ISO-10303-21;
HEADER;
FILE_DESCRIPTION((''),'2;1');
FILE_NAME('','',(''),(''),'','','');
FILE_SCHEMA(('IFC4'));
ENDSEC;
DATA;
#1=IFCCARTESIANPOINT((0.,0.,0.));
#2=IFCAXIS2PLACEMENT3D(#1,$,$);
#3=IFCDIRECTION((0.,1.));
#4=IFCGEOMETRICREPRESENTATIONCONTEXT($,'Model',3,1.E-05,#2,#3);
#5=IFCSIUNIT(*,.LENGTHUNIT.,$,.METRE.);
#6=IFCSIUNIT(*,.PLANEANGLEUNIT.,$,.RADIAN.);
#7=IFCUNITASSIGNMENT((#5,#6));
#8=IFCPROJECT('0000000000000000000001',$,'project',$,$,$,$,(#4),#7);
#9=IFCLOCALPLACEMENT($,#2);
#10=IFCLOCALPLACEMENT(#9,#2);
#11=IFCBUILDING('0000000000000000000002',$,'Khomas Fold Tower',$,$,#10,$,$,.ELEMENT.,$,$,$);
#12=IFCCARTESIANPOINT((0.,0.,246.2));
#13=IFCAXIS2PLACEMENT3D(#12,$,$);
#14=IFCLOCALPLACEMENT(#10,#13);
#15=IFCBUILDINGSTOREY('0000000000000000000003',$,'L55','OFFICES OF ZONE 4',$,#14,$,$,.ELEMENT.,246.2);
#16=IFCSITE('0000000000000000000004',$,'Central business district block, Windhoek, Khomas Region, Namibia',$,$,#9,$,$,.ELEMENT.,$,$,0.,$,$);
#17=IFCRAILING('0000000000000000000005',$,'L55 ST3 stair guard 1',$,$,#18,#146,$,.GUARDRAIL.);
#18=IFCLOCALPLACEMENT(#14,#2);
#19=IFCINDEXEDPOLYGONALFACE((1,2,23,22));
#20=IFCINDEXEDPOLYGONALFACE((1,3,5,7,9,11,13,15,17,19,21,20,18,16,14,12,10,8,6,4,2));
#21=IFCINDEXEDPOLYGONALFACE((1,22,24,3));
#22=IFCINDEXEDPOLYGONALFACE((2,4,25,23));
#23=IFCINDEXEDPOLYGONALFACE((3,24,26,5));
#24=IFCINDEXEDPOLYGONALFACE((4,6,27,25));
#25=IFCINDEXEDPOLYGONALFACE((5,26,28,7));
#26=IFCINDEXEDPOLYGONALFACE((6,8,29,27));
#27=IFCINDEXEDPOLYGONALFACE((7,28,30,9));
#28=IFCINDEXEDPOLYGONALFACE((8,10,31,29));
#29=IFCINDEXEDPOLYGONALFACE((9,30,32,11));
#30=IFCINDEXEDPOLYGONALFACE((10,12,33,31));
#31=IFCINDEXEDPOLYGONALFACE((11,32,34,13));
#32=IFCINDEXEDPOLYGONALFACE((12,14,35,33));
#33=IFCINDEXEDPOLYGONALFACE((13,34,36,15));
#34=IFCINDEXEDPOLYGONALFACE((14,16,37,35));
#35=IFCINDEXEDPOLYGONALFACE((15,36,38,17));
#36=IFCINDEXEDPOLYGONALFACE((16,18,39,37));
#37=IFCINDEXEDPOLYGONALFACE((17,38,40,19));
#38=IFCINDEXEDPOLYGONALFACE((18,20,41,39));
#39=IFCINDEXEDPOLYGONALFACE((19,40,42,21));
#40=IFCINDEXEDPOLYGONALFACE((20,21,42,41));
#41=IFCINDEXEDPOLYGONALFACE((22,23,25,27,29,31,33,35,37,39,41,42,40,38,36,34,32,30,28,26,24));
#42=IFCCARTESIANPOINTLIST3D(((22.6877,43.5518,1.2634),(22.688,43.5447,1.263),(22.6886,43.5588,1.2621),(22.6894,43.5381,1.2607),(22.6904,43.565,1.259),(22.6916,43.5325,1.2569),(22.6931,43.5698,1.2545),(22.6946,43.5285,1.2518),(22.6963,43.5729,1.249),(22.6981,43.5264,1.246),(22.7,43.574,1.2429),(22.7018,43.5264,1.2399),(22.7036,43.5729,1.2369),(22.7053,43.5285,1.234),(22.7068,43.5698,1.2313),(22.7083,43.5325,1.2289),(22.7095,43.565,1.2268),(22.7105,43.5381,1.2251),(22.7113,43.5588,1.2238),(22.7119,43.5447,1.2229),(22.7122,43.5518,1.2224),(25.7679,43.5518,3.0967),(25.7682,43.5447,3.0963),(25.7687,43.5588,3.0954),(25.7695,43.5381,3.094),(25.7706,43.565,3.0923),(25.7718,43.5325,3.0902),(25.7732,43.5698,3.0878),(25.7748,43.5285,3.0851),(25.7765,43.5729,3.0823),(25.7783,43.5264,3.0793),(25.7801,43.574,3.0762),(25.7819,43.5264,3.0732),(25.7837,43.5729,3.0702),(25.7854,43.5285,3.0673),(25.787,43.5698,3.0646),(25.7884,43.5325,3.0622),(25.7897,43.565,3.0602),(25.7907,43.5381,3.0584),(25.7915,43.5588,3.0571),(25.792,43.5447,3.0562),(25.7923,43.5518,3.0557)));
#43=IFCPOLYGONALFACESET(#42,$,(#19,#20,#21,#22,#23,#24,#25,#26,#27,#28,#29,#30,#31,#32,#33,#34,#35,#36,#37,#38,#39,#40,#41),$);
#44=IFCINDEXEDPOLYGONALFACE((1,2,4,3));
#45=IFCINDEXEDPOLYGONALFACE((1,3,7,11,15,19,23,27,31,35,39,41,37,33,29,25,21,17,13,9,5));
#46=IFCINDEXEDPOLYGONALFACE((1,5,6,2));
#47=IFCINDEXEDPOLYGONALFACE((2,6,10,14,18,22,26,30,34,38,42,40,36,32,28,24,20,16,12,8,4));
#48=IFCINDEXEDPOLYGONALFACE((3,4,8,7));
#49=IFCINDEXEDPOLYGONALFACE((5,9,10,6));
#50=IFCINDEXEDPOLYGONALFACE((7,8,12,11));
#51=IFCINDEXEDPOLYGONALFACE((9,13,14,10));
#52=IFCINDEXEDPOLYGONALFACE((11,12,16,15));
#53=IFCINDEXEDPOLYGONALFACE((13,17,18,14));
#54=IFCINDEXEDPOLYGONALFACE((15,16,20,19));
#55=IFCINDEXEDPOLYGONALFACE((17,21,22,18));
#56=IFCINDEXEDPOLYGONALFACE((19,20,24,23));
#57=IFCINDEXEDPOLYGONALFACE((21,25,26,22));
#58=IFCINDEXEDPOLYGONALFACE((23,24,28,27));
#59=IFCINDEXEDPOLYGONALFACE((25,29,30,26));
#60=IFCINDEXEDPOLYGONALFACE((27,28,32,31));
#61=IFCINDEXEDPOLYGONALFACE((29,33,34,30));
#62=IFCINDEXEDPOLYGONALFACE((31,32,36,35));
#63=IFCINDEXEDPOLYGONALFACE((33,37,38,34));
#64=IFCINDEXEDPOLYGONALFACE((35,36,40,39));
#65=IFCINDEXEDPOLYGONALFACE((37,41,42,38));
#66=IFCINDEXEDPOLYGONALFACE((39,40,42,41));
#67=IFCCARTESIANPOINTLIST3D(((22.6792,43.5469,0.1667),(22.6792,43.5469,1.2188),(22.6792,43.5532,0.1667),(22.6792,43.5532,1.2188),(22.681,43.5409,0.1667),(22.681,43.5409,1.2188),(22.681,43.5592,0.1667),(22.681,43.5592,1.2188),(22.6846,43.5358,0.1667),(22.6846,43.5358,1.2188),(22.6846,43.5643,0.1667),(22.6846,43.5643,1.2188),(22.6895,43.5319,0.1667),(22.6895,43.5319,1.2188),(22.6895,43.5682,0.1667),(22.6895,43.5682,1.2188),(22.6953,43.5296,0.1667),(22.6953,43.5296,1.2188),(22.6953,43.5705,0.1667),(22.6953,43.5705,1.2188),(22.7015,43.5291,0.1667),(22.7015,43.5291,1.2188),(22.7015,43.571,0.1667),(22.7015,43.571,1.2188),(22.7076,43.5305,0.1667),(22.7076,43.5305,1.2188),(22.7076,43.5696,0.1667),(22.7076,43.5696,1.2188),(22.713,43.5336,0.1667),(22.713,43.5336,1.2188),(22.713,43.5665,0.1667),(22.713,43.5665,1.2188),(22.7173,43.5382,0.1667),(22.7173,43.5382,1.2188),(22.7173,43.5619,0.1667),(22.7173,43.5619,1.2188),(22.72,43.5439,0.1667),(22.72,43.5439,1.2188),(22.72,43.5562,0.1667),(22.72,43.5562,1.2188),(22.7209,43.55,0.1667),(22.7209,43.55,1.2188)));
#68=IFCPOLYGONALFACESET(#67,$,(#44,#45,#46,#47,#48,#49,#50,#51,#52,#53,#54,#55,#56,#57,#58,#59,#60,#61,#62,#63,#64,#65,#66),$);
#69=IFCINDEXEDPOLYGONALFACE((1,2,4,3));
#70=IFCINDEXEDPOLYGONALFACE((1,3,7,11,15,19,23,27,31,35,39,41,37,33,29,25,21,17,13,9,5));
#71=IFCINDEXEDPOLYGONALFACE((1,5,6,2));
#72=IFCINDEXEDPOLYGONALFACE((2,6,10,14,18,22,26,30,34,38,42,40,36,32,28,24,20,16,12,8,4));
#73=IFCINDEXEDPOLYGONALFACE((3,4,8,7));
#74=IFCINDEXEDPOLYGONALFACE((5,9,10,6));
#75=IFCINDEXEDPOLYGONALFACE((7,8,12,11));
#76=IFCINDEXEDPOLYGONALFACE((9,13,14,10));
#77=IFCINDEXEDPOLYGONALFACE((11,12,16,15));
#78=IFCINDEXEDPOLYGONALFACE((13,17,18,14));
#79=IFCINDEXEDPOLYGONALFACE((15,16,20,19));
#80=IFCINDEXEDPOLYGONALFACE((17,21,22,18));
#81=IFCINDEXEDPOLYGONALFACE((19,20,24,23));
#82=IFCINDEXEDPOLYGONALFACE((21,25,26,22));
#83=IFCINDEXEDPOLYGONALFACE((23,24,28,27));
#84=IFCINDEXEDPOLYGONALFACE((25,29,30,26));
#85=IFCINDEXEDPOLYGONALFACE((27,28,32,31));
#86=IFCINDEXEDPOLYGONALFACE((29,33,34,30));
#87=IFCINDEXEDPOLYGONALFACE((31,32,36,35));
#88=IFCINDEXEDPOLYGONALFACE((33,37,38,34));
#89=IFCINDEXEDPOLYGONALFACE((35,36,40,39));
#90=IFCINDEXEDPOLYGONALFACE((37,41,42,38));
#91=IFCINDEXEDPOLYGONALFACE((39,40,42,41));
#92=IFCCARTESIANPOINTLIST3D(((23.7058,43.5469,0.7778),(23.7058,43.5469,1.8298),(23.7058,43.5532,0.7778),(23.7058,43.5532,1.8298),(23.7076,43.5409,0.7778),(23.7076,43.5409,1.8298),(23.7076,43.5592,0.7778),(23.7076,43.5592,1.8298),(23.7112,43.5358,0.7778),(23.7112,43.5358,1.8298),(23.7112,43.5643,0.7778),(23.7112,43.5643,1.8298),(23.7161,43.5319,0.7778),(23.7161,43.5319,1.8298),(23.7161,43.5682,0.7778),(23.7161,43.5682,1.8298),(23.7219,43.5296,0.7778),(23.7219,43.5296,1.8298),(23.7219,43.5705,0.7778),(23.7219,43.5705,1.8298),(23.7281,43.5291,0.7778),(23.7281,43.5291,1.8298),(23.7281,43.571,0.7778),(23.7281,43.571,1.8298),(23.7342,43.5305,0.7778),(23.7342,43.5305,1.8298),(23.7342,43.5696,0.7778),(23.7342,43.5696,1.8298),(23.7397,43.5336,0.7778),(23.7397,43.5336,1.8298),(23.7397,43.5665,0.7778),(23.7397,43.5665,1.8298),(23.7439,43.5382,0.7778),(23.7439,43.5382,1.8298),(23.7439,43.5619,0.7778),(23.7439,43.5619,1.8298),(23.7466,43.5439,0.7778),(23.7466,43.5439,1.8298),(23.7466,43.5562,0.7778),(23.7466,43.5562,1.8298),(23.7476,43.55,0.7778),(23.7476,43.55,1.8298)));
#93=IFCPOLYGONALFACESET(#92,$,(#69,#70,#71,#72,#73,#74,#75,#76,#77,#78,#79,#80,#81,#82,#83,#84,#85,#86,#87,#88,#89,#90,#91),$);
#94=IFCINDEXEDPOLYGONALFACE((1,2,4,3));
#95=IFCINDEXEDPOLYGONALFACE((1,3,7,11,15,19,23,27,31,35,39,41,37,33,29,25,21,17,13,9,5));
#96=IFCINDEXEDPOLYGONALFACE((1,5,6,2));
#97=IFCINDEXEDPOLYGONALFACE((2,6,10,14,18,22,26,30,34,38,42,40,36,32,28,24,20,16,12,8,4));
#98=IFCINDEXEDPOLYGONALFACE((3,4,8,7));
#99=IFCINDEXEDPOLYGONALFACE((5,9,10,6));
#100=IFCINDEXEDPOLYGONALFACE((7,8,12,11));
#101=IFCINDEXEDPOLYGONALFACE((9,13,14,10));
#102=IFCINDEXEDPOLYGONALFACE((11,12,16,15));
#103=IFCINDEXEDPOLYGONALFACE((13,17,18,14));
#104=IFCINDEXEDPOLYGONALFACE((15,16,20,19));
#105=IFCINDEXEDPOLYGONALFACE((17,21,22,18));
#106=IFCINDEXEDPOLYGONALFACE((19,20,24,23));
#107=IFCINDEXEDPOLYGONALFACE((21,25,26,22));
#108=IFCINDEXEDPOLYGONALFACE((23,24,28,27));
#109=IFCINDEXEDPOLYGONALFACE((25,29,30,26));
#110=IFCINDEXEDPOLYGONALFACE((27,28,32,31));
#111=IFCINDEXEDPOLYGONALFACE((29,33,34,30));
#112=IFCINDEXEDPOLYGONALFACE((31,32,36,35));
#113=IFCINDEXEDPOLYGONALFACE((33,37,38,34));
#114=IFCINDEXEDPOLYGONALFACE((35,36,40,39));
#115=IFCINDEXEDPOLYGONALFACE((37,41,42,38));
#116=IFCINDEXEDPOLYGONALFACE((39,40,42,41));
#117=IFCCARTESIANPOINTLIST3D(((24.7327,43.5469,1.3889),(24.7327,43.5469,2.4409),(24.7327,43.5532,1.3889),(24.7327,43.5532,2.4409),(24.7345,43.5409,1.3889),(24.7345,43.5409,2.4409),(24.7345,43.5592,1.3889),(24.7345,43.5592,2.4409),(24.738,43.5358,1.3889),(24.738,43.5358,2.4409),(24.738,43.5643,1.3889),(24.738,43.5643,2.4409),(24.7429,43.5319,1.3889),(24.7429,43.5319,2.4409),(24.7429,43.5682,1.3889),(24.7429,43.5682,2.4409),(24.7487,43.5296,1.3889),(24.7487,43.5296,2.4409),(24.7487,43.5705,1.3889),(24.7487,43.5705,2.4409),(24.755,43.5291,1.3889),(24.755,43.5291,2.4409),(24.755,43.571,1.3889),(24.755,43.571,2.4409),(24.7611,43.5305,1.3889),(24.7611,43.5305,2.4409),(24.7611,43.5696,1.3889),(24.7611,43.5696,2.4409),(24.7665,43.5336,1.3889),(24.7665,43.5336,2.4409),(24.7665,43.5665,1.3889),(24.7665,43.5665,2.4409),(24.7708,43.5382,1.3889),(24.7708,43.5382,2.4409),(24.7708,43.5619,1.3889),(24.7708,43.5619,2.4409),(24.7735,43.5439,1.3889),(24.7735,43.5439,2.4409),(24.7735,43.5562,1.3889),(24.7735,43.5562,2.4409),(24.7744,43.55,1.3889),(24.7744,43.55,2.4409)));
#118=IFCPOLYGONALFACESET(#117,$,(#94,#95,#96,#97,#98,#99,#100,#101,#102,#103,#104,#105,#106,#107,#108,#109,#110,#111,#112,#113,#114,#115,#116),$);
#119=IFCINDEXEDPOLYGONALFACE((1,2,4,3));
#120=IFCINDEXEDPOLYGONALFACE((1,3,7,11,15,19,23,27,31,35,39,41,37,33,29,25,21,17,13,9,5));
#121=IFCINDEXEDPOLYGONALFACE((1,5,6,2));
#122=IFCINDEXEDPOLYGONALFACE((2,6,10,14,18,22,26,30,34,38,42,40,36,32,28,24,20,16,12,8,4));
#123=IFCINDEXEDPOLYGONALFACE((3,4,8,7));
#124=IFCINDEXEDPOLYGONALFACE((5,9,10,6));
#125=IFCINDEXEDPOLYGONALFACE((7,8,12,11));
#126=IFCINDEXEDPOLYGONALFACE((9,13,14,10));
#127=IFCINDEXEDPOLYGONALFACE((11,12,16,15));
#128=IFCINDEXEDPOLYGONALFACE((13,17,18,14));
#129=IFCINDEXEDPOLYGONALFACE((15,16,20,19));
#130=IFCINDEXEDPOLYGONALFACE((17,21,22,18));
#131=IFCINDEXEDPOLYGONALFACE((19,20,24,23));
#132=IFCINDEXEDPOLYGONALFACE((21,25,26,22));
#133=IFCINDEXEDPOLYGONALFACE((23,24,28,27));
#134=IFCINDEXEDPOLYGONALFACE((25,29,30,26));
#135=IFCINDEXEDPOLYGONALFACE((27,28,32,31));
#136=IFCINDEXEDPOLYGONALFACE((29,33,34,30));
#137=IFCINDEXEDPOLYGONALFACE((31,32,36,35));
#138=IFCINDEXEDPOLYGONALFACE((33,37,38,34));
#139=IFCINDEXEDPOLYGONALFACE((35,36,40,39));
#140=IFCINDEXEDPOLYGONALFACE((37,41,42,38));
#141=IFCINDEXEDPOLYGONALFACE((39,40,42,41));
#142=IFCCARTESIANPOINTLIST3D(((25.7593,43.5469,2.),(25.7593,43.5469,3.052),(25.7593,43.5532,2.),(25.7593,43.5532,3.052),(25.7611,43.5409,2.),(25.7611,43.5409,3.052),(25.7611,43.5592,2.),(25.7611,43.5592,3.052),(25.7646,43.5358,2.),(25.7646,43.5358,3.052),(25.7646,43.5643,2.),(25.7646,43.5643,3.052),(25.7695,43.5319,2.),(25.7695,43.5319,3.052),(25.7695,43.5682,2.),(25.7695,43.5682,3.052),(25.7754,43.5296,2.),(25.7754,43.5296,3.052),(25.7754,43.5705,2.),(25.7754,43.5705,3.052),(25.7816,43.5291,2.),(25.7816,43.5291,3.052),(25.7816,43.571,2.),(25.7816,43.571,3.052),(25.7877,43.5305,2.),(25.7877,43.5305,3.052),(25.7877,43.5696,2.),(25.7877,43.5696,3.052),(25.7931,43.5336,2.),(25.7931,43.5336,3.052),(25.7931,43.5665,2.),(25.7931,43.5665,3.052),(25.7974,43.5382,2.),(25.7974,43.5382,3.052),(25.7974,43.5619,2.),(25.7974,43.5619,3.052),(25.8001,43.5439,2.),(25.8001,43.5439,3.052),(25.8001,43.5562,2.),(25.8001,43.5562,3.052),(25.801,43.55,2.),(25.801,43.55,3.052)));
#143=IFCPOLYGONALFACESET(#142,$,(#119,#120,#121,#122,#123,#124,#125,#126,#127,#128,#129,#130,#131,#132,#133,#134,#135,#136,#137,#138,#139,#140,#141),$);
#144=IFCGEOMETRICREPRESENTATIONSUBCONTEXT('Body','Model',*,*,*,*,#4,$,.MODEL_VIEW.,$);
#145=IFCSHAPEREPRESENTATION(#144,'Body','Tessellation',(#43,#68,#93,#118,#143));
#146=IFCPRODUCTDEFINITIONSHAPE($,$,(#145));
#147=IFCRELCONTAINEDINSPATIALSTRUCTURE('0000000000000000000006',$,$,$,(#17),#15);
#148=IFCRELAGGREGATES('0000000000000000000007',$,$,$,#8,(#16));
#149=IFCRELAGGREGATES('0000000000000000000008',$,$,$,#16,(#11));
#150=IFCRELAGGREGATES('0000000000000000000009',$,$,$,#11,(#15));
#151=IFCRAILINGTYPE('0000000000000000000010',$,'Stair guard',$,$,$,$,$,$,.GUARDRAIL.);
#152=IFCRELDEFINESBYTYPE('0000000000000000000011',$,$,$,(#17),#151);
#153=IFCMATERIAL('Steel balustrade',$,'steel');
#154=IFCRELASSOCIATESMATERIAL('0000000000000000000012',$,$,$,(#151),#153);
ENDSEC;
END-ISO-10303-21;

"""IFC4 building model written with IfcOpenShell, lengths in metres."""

from ifc_helpers import new_model, si_unit, direction, frame, origin, origin_2d, place, context, subcontext, project, spatial, circle, extrude, source, transform, mapped, material, type_object, element, save


model = new_model("IFC4")

# Units and contexts
model_context = context("Model", 3, precision=1e-05, world=origin(), true_north=direction((0.0, 1.0)))
body_context = subcontext(model_context, "Body", "Model", "MODEL_VIEW")
ifc_project = project(units=[si_unit("LENGTHUNIT", "METRE"), si_unit("PLANEANGLEUNIT", "RADIAN")], contexts=[model_context])

# Site, building, storey
site_placement = place(None, origin())
site = spatial("IfcSite", under=ifc_project, at=site_placement, Name="Central business district block, Windhoek, Khomas Region, Namibia", CompositionType="ELEMENT", RefElevation=0.0)
building_placement = place(site_placement, origin())
building = spatial("IfcBuilding", under=site, at=building_placement, Name="Khomas Fold Tower", CompositionType="ELEMENT")
storey_placement = place(building_placement, frame((0.0, 0.0, 246.2)))
storey = spatial("IfcBuildingStorey", under=building, at=storey_placement, Name="L55", Description="OFFICES OF ZONE 4", CompositionType="ELEMENT", Elevation=246.2)

# Railing
ifc_material_1 = material(Name="Steel balustrade", Category="steel")
railing_type_1 = type_object("IfcRailingType", Name="Stair guard", PredefinedType="GUARDRAIL", material=ifc_material_1)
shared_shape_1 = source(origin(), body_context, "Body", "SweptSolid", [
    extrude(circle(Radius=0.0239, at=origin_2d()), frame((0.0, 0.0, 1.0762), z_axis=(0.859309, 0.0, 0.511458), x_axis=(0.0, 1.0, 0.0)), (0.0, 0.0, 1.0), 3.5845),
    extrude(circle(Radius=0.021, at=origin_2d()), origin(), (0.0, 0.0, 1.0), 1.052),
    extrude(circle(Radius=0.021, at=origin_2d()), frame((1.0266, 0.0, 0.6111)), (0.0, 0.0, 1.0), 1.052),
    extrude(circle(Radius=0.021, at=origin_2d()), frame((2.0535, 0.0, 1.2222)), (0.0, 0.0, 1.0), 1.052),
    extrude(circle(Radius=0.021, at=origin_2d()), frame((3.0801, 0.0, 1.8333)), (0.0, 0.0, 1.0), 1.052),
])
railing_1_placement = place(storey_placement, frame((22.7, 43.55, 0.1667)))
element("IfcRailing", 1, at=railing_1_placement, inside=storey, type_object=railing_type_1, Name="L55 ST3 stair guard 1", PredefinedType="GUARDRAIL", context=body_context, shape_type="MappedRepresentation", body=[
    mapped(shared_shape_1, transform((0.0, 0.0, 0.0))),
])

save(model, "model.ifc")
